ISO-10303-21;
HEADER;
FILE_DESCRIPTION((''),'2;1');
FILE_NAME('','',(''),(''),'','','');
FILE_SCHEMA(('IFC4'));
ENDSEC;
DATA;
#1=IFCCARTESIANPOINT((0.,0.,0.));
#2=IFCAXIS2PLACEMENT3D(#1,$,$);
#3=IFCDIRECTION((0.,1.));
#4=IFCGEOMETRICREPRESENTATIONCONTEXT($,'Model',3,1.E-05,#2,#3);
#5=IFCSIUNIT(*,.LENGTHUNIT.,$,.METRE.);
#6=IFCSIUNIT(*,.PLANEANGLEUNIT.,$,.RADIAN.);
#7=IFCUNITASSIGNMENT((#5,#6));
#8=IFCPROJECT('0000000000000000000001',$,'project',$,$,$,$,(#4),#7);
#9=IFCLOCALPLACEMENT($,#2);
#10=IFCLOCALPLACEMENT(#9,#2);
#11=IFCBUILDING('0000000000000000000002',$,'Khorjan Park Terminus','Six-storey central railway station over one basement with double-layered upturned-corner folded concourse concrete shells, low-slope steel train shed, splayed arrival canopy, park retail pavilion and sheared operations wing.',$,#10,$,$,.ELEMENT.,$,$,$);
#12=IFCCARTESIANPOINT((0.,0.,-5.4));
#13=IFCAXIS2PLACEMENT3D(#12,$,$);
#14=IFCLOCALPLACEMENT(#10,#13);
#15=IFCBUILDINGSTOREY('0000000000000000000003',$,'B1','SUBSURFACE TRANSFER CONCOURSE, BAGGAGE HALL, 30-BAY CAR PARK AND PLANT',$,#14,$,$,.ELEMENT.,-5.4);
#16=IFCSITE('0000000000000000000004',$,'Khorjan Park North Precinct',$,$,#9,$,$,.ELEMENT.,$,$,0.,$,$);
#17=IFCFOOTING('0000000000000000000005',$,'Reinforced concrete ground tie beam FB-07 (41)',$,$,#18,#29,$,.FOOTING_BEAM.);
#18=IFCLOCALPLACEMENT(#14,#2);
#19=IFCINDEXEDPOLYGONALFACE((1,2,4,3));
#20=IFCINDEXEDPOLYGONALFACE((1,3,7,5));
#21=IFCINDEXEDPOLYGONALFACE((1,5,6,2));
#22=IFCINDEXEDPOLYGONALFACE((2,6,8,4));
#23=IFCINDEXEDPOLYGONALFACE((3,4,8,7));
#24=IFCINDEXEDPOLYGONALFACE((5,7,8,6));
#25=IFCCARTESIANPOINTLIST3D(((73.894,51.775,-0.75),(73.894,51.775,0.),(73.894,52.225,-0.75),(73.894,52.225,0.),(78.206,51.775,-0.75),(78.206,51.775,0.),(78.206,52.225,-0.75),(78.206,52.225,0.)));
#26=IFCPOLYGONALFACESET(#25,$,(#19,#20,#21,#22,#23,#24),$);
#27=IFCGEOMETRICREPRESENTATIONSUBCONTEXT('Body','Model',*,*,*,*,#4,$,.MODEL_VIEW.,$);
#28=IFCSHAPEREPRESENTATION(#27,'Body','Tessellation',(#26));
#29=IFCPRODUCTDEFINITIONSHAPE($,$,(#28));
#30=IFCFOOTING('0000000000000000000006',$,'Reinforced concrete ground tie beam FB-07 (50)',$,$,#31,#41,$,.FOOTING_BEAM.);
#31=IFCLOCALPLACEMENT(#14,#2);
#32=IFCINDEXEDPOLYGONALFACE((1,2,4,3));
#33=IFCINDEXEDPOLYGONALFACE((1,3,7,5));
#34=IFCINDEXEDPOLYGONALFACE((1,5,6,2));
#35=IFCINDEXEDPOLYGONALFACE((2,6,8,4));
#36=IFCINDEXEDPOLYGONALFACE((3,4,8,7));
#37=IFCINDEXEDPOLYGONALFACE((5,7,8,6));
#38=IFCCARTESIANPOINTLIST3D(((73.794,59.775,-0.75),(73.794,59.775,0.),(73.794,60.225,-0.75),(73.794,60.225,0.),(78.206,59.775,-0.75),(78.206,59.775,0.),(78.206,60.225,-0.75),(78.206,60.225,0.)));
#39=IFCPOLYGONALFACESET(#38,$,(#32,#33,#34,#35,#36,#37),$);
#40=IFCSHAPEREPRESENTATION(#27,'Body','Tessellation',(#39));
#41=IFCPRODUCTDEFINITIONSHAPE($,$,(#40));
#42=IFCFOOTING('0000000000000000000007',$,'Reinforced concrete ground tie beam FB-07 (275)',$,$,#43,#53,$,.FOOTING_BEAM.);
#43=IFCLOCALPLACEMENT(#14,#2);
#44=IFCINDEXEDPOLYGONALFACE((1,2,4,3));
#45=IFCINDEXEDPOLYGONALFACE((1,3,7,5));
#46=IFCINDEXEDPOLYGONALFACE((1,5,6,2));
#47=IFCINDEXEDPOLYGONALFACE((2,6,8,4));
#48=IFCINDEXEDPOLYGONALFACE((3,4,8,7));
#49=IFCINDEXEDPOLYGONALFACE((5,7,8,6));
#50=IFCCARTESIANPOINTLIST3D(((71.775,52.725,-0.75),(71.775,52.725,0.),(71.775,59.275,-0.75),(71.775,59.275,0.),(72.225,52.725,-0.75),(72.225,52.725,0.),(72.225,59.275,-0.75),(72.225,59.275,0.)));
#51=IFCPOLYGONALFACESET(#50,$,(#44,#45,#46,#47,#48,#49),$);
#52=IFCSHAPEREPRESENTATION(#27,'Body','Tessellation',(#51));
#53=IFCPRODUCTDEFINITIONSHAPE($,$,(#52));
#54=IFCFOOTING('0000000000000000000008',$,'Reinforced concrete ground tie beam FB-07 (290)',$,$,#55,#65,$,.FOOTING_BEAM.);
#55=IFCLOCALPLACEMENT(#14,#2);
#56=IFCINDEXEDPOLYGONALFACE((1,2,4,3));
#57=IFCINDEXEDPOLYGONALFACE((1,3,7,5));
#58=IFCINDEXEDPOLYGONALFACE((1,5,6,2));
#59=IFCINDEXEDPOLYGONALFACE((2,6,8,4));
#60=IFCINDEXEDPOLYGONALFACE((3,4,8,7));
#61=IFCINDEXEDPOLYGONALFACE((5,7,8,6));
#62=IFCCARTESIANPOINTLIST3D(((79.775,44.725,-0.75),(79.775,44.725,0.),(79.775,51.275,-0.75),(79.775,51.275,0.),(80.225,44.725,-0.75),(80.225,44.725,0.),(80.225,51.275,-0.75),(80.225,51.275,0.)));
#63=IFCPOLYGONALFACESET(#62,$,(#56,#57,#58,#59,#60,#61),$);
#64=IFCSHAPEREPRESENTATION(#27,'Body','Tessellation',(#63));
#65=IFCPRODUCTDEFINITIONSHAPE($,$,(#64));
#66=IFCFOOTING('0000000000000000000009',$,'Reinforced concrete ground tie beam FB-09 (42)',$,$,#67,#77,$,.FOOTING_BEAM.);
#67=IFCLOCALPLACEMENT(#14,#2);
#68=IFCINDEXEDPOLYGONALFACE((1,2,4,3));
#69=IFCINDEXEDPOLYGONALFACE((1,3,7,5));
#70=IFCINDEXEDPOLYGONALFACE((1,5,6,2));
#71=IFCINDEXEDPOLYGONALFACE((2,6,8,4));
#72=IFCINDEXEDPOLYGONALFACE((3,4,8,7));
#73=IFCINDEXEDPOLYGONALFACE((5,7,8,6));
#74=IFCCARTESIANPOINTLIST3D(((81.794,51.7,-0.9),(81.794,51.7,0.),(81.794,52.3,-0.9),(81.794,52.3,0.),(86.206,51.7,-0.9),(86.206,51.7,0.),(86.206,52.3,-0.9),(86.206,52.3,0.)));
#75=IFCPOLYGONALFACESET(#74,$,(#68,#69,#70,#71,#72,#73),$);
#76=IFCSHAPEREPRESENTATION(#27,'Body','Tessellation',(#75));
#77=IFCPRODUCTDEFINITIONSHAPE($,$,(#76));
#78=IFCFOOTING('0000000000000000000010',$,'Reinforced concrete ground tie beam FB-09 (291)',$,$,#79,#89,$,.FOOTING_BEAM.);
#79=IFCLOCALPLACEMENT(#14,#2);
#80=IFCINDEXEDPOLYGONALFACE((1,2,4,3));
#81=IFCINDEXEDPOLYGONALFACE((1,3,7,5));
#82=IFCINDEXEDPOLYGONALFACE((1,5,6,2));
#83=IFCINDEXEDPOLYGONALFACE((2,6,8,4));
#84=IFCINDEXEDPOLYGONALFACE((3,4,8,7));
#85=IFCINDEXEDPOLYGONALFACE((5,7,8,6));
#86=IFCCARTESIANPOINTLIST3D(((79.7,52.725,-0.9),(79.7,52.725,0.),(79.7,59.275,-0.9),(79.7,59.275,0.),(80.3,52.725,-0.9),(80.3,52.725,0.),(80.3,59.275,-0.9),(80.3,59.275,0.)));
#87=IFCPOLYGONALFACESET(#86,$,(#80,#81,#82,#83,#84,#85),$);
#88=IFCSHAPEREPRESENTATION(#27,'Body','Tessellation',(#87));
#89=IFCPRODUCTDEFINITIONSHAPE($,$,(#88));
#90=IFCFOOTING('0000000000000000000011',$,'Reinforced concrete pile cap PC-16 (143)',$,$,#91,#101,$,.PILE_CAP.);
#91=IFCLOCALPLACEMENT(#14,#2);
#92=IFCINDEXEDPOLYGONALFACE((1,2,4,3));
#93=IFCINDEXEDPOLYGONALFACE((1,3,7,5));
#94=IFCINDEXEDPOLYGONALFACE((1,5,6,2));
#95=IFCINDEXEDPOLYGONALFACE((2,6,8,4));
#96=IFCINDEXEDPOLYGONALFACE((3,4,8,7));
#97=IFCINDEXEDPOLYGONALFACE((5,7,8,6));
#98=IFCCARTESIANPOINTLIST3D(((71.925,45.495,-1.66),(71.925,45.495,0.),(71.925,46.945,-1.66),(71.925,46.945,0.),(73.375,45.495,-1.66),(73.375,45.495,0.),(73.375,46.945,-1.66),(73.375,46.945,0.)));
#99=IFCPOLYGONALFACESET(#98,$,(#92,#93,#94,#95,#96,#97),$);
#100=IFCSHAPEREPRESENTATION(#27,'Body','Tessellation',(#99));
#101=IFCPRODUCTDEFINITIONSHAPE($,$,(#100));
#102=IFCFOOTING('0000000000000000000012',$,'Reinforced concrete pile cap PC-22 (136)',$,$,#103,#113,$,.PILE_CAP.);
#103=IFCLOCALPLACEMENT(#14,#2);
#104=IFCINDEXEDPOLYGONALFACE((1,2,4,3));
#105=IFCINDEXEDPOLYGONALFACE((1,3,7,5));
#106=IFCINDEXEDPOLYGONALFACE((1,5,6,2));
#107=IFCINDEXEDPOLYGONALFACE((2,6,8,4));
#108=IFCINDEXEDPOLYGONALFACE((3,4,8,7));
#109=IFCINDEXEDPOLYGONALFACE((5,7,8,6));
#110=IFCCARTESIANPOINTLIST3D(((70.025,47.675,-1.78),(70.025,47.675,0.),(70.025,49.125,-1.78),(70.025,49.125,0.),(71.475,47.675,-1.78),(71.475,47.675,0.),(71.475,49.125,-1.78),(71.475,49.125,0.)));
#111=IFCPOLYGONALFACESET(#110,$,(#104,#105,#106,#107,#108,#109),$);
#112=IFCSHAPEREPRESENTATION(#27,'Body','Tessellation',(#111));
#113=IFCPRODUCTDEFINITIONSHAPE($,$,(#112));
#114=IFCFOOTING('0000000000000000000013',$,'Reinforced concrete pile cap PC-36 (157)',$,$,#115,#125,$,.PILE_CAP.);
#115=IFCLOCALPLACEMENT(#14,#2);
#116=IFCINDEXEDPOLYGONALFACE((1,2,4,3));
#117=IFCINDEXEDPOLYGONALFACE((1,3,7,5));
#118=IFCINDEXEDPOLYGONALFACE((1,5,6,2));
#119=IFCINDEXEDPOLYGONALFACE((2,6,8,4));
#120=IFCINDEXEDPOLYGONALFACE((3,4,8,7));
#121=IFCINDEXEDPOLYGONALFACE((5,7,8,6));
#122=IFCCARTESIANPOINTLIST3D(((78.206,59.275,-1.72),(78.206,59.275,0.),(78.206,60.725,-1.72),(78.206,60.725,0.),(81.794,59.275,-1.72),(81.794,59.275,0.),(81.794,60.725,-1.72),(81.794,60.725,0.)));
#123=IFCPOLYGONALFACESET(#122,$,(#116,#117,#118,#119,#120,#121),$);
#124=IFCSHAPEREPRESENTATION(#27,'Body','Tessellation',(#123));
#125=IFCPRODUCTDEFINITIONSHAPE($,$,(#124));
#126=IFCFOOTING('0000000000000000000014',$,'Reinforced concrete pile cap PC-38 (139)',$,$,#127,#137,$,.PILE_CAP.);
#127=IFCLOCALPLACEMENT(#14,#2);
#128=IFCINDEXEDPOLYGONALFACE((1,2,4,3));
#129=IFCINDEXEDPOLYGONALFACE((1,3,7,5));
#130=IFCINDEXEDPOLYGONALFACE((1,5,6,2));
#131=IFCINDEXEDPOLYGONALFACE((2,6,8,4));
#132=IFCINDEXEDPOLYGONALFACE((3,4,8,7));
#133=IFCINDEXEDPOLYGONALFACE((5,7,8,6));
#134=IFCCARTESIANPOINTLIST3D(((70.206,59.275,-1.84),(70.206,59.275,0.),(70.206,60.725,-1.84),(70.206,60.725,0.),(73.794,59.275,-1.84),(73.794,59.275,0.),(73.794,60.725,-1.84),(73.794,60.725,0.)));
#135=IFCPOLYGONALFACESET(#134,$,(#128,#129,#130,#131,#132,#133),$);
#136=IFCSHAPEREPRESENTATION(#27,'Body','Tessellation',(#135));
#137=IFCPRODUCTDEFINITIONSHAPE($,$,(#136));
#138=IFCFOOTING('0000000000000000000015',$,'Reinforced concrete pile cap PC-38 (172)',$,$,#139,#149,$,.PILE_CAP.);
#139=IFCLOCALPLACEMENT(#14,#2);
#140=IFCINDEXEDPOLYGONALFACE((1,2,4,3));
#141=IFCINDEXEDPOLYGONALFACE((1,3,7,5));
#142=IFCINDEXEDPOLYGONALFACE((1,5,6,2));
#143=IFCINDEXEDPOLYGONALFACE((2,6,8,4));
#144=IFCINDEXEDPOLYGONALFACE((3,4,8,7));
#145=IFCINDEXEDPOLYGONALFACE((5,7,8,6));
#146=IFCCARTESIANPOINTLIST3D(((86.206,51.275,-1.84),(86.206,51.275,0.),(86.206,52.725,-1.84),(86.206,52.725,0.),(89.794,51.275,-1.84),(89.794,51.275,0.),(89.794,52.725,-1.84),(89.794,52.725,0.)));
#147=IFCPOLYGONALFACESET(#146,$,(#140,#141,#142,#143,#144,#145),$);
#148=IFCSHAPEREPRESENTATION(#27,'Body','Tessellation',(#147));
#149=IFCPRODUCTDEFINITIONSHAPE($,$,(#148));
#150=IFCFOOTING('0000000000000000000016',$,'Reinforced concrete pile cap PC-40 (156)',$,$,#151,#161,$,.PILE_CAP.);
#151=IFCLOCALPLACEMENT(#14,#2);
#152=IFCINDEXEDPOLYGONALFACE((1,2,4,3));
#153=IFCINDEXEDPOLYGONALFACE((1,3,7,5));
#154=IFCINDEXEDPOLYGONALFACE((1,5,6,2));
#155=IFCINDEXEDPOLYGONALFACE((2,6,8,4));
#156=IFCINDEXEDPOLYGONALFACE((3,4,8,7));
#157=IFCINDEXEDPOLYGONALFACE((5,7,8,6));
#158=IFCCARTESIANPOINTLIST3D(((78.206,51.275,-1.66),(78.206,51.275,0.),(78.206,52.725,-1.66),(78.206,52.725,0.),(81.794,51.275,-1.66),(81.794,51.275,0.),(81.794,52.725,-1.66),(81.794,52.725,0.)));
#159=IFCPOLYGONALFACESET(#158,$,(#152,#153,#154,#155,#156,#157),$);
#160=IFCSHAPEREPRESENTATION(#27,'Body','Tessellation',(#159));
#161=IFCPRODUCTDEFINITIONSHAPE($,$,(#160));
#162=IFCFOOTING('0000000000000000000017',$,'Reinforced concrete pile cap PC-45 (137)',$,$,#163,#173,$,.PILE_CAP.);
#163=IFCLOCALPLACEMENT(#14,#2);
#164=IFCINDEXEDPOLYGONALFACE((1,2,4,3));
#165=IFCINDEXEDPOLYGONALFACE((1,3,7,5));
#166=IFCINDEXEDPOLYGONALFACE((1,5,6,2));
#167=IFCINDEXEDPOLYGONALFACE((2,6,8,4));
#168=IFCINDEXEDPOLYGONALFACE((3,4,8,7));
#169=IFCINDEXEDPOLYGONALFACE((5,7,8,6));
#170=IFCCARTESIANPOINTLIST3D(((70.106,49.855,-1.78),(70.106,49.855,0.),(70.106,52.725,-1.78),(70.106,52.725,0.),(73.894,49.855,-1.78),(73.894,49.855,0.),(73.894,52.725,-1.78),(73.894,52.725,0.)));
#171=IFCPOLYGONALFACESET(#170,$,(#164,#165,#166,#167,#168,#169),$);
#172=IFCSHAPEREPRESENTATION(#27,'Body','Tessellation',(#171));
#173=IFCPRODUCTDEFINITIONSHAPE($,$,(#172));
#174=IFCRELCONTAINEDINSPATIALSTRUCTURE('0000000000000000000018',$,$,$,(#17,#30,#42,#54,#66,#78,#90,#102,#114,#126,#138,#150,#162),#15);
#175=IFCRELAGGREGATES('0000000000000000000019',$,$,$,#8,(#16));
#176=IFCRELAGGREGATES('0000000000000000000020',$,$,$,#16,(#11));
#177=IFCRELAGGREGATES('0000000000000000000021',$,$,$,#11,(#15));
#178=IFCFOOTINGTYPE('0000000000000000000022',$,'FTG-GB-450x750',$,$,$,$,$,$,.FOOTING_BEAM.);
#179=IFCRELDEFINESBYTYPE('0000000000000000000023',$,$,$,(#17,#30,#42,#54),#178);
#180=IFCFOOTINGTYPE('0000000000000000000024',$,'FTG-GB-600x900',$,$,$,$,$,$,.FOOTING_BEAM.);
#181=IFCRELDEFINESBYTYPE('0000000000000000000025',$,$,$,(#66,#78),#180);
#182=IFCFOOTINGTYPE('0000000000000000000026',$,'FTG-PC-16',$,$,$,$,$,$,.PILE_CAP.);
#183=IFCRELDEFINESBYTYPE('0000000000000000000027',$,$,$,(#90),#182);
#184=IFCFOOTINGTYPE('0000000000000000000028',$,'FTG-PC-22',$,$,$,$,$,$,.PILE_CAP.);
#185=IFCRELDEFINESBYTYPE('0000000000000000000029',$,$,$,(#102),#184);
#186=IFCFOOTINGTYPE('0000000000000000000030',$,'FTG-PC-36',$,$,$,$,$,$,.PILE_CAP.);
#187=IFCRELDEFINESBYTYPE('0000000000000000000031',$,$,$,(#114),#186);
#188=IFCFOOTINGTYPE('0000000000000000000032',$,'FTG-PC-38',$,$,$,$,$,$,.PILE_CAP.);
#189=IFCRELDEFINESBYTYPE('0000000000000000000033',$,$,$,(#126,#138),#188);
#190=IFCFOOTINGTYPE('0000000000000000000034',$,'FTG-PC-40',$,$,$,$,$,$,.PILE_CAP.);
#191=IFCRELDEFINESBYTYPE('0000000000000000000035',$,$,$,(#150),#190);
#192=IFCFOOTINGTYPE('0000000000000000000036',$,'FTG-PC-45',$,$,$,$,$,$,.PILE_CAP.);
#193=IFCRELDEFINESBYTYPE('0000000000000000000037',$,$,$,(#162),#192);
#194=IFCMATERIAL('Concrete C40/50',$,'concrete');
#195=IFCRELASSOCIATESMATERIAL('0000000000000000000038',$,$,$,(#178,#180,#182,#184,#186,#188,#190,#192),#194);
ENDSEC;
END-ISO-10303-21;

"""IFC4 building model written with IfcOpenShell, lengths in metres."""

from ifc_helpers import new_model, si_unit, direction, frame, origin, origin_2d, place, context, subcontext, project, spatial, rectangle, extrude, material, material_profile, profile_set, type_object, element, save


model = new_model("IFC4")

# Units and contexts
model_context = context("Model", 3, precision=1e-05, world=origin(), true_north=direction((0.0, 1.0)))
body_context = subcontext(model_context, "Body", "Model", "MODEL_VIEW")
ifc_project = project(units=[si_unit("LENGTHUNIT", "METRE"), si_unit("PLANEANGLEUNIT", "RADIAN")], contexts=[model_context])

# Site, building, storey
site_placement = place(None, origin())
site = spatial("IfcSite", under=ifc_project, at=site_placement, Name="Khorjan Park North Precinct", CompositionType="ELEMENT", RefElevation=0.0)
building_placement = place(site_placement, origin())
building = spatial("IfcBuilding", under=site, at=building_placement, Name="Khorjan Park Terminus", Description="Six-storey central railway station over one basement with double-layered upturned-corner folded concourse concrete shells, low-slope steel train shed, splayed arrival canopy, park retail pavilion and sheared operations wing.", CompositionType="ELEMENT")
storey_placement = place(building_placement, frame((0.0, 0.0, -5.4)))
storey = spatial("IfcBuildingStorey", under=building, at=storey_placement, Name="B1", Description="SUBSURFACE TRANSFER CONCOURSE, BAGGAGE HALL, 30-BAY CAR PARK AND PLANT", CompositionType="ELEMENT", Elevation=-5.4)

# Footings
ifc_material_1 = material(Name="Concrete C40/50", Category="concrete")
ifc_material_profile_1 = material_profile(ifc_material_1, rectangle(XDim=0.45, YDim=0.75, at=origin_2d()), Name="RC 450x750")
ifc_profile_set_1 = profile_set([ifc_material_profile_1], Name="Concrete C40/50")
footing_type_1 = type_object("IfcFootingType", Name="FTG-GB-450x750", PredefinedType="FOOTING_BEAM", material=ifc_profile_set_1)
footing_1_placement = place(storey_placement, frame((73.894, 52.0, -0.375), z_axis=(1.0, 0.0, 0.0), x_axis=(0.0, 1.0, 0.0)))
element("IfcFooting", 1, at=footing_1_placement, inside=storey, type_object=footing_type_1, Name="Reinforced concrete ground tie beam FB-07 (41)", PredefinedType="FOOTING_BEAM", context=body_context, shape_type="SweptSolid", body=[
    extrude(rectangle(XDim=0.45, YDim=0.75, at=origin_2d()), origin(), (0.0, 0.0, 1.0), 4.312),
])
footing_2_placement = place(storey_placement, frame((73.794, 60.0, -0.375), z_axis=(1.0, 0.0, 0.0), x_axis=(0.0, 1.0, 0.0)))
element("IfcFooting", 2, at=footing_2_placement, inside=storey, type_object=footing_type_1, Name="Reinforced concrete ground tie beam FB-07 (50)", PredefinedType="FOOTING_BEAM", context=body_context, shape_type="SweptSolid", body=[
    extrude(rectangle(XDim=0.45, YDim=0.75, at=origin_2d()), origin(), (0.0, 0.0, 1.0), 4.412),
])
for number, where, z_axis, x_axis, name in (
    (3, (72.0, 52.725, -0.375), (0.0, 1.0, 0.0), (-1.0, 0.0, 0.0), "Reinforced concrete ground tie beam FB-07 (275)"),
    (4, (80.0, 44.725, -0.375), (0.0, 1.0, 0.0), (-1.0, 0.0, 0.0), "Reinforced concrete ground tie beam FB-07 (290)"),
):
    element("IfcFooting", number, at=place(storey_placement, frame(where, z_axis=z_axis, x_axis=x_axis)), inside=storey, type_object=footing_type_1, Name=name, PredefinedType="FOOTING_BEAM", context=body_context, shape_type="SweptSolid", body=[
        extrude(rectangle(XDim=0.45, YDim=0.75, at=origin_2d()), origin(), (0.0, 0.0, 1.0), 6.55),
    ])
ifc_material_profile_2 = material_profile(ifc_material_1, rectangle(XDim=0.6, YDim=0.9, at=origin_2d()), Name="RC 600x900")
ifc_profile_set_2 = profile_set([ifc_material_profile_2], Name="Concrete C40/50")
footing_type_2 = type_object("IfcFootingType", Name="FTG-GB-600x900", PredefinedType="FOOTING_BEAM", material=ifc_profile_set_2)
footing_3_placement = place(storey_placement, frame((81.794, 52.0, -0.45), z_axis=(1.0, 0.0, 0.0), x_axis=(0.0, 1.0, 0.0)))
element("IfcFooting", 5, at=footing_3_placement, inside=storey, type_object=footing_type_2, Name="Reinforced concrete ground tie beam FB-09 (42)", PredefinedType="FOOTING_BEAM", context=body_context, shape_type="SweptSolid", body=[
    extrude(rectangle(XDim=0.6, YDim=0.9, at=origin_2d()), origin(), (0.0, 0.0, 1.0), 4.412),
])
footing_4_placement = place(storey_placement, frame((80.0, 52.725, -0.45), z_axis=(0.0, 1.0, 0.0), x_axis=(-1.0, 0.0, 0.0)))
element("IfcFooting", 6, at=footing_4_placement, inside=storey, type_object=footing_type_2, Name="Reinforced concrete ground tie beam FB-09 (291)", PredefinedType="FOOTING_BEAM", context=body_context, shape_type="SweptSolid", body=[
    extrude(rectangle(XDim=0.6, YDim=0.9, at=origin_2d()), origin(), (0.0, 0.0, 1.0), 6.55),
])
footing_type_3 = type_object("IfcFootingType", Name="FTG-PC-16", PredefinedType="PILE_CAP", material=ifc_material_1)
footing_5_placement = place(storey_placement, frame((72.65, 46.22, -1.66), z_axis=(0.0, 0.0, 1.0), x_axis=(1.0, 0.0, 0.0)))
element("IfcFooting", 7, at=footing_5_placement, inside=storey, type_object=footing_type_3, Name="Reinforced concrete pile cap PC-16 (143)", PredefinedType="PILE_CAP", context=body_context, shape_type="SweptSolid", body=[
    extrude(rectangle(XDim=1.45, YDim=1.45, at=origin_2d()), origin(), (0.0, 0.0, 1.0), 1.66),
])
footing_type_4 = type_object("IfcFootingType", Name="FTG-PC-22", PredefinedType="PILE_CAP", material=ifc_material_1)
footing_6_placement = place(storey_placement, frame((70.75, 48.4, -1.78), z_axis=(0.0, 0.0, 1.0), x_axis=(1.0, 0.0, 0.0)))
element("IfcFooting", 8, at=footing_6_placement, inside=storey, type_object=footing_type_4, Name="Reinforced concrete pile cap PC-22 (136)", PredefinedType="PILE_CAP", context=body_context, shape_type="SweptSolid", body=[
    extrude(rectangle(XDim=1.45, YDim=1.45, at=origin_2d()), origin(), (0.0, 0.0, 1.0), 1.78),
])
footing_type_5 = type_object("IfcFootingType", Name="FTG-PC-36", PredefinedType="PILE_CAP", material=ifc_material_1)
footing_7_placement = place(storey_placement, frame((80.0, 60.0, -1.72), z_axis=(0.0, 0.0, 1.0), x_axis=(1.0, 0.0, 0.0)))
element("IfcFooting", 9, at=footing_7_placement, inside=storey, type_object=footing_type_5, Name="Reinforced concrete pile cap PC-36 (157)", PredefinedType="PILE_CAP", context=body_context, shape_type="SweptSolid", body=[
    extrude(rectangle(XDim=3.588, YDim=1.45, at=origin_2d()), origin(), (0.0, 0.0, 1.0), 1.72),
])
footing_type_6 = type_object("IfcFootingType", Name="FTG-PC-38", PredefinedType="PILE_CAP", material=ifc_material_1)
for number, where, z_axis, x_axis, name in (
    (10, (72.0, 60.0, -1.84), (0.0, 0.0, 1.0), (1.0, 0.0, 0.0), "Reinforced concrete pile cap PC-38 (139)"),
    (11, (88.0, 52.0, -1.84), (0.0, 0.0, 1.0), (1.0, 0.0, 0.0), "Reinforced concrete pile cap PC-38 (172)"),
):
    element("IfcFooting", number, at=place(storey_placement, frame(where, z_axis=z_axis, x_axis=x_axis)), inside=storey, type_object=footing_type_6, Name=name, PredefinedType="PILE_CAP", context=body_context, shape_type="SweptSolid", body=[
        extrude(rectangle(XDim=3.588, YDim=1.45, at=origin_2d()), origin(), (0.0, 0.0, 1.0), 1.84),
    ])
footing_type_7 = type_object("IfcFootingType", Name="FTG-PC-40", PredefinedType="PILE_CAP", material=ifc_material_1)
footing_8_placement = place(storey_placement, frame((80.0, 52.0, -1.66), z_axis=(0.0, 0.0, 1.0), x_axis=(1.0, 0.0, 0.0)))
element("IfcFooting", 12, at=footing_8_placement, inside=storey, type_object=footing_type_7, Name="Reinforced concrete pile cap PC-40 (156)", PredefinedType="PILE_CAP", context=body_context, shape_type="SweptSolid", body=[
    extrude(rectangle(XDim=3.588, YDim=1.45, at=origin_2d()), origin(), (0.0, 0.0, 1.0), 1.66),
])
footing_type_8 = type_object("IfcFootingType", Name="FTG-PC-45", PredefinedType="PILE_CAP", material=ifc_material_1)
footing_9_placement = place(storey_placement, frame((72.0, 51.29, -1.78), z_axis=(0.0, 0.0, 1.0), x_axis=(1.0, 0.0, 0.0)))
element("IfcFooting", 13, at=footing_9_placement, inside=storey, type_object=footing_type_8, Name="Reinforced concrete pile cap PC-45 (137)", PredefinedType="PILE_CAP", context=body_context, shape_type="SweptSolid", body=[
    extrude(rectangle(XDim=3.788, YDim=2.87, at=origin_2d()), origin(), (0.0, 0.0, 1.0), 1.78),
])

save(model, "model.ifc")
